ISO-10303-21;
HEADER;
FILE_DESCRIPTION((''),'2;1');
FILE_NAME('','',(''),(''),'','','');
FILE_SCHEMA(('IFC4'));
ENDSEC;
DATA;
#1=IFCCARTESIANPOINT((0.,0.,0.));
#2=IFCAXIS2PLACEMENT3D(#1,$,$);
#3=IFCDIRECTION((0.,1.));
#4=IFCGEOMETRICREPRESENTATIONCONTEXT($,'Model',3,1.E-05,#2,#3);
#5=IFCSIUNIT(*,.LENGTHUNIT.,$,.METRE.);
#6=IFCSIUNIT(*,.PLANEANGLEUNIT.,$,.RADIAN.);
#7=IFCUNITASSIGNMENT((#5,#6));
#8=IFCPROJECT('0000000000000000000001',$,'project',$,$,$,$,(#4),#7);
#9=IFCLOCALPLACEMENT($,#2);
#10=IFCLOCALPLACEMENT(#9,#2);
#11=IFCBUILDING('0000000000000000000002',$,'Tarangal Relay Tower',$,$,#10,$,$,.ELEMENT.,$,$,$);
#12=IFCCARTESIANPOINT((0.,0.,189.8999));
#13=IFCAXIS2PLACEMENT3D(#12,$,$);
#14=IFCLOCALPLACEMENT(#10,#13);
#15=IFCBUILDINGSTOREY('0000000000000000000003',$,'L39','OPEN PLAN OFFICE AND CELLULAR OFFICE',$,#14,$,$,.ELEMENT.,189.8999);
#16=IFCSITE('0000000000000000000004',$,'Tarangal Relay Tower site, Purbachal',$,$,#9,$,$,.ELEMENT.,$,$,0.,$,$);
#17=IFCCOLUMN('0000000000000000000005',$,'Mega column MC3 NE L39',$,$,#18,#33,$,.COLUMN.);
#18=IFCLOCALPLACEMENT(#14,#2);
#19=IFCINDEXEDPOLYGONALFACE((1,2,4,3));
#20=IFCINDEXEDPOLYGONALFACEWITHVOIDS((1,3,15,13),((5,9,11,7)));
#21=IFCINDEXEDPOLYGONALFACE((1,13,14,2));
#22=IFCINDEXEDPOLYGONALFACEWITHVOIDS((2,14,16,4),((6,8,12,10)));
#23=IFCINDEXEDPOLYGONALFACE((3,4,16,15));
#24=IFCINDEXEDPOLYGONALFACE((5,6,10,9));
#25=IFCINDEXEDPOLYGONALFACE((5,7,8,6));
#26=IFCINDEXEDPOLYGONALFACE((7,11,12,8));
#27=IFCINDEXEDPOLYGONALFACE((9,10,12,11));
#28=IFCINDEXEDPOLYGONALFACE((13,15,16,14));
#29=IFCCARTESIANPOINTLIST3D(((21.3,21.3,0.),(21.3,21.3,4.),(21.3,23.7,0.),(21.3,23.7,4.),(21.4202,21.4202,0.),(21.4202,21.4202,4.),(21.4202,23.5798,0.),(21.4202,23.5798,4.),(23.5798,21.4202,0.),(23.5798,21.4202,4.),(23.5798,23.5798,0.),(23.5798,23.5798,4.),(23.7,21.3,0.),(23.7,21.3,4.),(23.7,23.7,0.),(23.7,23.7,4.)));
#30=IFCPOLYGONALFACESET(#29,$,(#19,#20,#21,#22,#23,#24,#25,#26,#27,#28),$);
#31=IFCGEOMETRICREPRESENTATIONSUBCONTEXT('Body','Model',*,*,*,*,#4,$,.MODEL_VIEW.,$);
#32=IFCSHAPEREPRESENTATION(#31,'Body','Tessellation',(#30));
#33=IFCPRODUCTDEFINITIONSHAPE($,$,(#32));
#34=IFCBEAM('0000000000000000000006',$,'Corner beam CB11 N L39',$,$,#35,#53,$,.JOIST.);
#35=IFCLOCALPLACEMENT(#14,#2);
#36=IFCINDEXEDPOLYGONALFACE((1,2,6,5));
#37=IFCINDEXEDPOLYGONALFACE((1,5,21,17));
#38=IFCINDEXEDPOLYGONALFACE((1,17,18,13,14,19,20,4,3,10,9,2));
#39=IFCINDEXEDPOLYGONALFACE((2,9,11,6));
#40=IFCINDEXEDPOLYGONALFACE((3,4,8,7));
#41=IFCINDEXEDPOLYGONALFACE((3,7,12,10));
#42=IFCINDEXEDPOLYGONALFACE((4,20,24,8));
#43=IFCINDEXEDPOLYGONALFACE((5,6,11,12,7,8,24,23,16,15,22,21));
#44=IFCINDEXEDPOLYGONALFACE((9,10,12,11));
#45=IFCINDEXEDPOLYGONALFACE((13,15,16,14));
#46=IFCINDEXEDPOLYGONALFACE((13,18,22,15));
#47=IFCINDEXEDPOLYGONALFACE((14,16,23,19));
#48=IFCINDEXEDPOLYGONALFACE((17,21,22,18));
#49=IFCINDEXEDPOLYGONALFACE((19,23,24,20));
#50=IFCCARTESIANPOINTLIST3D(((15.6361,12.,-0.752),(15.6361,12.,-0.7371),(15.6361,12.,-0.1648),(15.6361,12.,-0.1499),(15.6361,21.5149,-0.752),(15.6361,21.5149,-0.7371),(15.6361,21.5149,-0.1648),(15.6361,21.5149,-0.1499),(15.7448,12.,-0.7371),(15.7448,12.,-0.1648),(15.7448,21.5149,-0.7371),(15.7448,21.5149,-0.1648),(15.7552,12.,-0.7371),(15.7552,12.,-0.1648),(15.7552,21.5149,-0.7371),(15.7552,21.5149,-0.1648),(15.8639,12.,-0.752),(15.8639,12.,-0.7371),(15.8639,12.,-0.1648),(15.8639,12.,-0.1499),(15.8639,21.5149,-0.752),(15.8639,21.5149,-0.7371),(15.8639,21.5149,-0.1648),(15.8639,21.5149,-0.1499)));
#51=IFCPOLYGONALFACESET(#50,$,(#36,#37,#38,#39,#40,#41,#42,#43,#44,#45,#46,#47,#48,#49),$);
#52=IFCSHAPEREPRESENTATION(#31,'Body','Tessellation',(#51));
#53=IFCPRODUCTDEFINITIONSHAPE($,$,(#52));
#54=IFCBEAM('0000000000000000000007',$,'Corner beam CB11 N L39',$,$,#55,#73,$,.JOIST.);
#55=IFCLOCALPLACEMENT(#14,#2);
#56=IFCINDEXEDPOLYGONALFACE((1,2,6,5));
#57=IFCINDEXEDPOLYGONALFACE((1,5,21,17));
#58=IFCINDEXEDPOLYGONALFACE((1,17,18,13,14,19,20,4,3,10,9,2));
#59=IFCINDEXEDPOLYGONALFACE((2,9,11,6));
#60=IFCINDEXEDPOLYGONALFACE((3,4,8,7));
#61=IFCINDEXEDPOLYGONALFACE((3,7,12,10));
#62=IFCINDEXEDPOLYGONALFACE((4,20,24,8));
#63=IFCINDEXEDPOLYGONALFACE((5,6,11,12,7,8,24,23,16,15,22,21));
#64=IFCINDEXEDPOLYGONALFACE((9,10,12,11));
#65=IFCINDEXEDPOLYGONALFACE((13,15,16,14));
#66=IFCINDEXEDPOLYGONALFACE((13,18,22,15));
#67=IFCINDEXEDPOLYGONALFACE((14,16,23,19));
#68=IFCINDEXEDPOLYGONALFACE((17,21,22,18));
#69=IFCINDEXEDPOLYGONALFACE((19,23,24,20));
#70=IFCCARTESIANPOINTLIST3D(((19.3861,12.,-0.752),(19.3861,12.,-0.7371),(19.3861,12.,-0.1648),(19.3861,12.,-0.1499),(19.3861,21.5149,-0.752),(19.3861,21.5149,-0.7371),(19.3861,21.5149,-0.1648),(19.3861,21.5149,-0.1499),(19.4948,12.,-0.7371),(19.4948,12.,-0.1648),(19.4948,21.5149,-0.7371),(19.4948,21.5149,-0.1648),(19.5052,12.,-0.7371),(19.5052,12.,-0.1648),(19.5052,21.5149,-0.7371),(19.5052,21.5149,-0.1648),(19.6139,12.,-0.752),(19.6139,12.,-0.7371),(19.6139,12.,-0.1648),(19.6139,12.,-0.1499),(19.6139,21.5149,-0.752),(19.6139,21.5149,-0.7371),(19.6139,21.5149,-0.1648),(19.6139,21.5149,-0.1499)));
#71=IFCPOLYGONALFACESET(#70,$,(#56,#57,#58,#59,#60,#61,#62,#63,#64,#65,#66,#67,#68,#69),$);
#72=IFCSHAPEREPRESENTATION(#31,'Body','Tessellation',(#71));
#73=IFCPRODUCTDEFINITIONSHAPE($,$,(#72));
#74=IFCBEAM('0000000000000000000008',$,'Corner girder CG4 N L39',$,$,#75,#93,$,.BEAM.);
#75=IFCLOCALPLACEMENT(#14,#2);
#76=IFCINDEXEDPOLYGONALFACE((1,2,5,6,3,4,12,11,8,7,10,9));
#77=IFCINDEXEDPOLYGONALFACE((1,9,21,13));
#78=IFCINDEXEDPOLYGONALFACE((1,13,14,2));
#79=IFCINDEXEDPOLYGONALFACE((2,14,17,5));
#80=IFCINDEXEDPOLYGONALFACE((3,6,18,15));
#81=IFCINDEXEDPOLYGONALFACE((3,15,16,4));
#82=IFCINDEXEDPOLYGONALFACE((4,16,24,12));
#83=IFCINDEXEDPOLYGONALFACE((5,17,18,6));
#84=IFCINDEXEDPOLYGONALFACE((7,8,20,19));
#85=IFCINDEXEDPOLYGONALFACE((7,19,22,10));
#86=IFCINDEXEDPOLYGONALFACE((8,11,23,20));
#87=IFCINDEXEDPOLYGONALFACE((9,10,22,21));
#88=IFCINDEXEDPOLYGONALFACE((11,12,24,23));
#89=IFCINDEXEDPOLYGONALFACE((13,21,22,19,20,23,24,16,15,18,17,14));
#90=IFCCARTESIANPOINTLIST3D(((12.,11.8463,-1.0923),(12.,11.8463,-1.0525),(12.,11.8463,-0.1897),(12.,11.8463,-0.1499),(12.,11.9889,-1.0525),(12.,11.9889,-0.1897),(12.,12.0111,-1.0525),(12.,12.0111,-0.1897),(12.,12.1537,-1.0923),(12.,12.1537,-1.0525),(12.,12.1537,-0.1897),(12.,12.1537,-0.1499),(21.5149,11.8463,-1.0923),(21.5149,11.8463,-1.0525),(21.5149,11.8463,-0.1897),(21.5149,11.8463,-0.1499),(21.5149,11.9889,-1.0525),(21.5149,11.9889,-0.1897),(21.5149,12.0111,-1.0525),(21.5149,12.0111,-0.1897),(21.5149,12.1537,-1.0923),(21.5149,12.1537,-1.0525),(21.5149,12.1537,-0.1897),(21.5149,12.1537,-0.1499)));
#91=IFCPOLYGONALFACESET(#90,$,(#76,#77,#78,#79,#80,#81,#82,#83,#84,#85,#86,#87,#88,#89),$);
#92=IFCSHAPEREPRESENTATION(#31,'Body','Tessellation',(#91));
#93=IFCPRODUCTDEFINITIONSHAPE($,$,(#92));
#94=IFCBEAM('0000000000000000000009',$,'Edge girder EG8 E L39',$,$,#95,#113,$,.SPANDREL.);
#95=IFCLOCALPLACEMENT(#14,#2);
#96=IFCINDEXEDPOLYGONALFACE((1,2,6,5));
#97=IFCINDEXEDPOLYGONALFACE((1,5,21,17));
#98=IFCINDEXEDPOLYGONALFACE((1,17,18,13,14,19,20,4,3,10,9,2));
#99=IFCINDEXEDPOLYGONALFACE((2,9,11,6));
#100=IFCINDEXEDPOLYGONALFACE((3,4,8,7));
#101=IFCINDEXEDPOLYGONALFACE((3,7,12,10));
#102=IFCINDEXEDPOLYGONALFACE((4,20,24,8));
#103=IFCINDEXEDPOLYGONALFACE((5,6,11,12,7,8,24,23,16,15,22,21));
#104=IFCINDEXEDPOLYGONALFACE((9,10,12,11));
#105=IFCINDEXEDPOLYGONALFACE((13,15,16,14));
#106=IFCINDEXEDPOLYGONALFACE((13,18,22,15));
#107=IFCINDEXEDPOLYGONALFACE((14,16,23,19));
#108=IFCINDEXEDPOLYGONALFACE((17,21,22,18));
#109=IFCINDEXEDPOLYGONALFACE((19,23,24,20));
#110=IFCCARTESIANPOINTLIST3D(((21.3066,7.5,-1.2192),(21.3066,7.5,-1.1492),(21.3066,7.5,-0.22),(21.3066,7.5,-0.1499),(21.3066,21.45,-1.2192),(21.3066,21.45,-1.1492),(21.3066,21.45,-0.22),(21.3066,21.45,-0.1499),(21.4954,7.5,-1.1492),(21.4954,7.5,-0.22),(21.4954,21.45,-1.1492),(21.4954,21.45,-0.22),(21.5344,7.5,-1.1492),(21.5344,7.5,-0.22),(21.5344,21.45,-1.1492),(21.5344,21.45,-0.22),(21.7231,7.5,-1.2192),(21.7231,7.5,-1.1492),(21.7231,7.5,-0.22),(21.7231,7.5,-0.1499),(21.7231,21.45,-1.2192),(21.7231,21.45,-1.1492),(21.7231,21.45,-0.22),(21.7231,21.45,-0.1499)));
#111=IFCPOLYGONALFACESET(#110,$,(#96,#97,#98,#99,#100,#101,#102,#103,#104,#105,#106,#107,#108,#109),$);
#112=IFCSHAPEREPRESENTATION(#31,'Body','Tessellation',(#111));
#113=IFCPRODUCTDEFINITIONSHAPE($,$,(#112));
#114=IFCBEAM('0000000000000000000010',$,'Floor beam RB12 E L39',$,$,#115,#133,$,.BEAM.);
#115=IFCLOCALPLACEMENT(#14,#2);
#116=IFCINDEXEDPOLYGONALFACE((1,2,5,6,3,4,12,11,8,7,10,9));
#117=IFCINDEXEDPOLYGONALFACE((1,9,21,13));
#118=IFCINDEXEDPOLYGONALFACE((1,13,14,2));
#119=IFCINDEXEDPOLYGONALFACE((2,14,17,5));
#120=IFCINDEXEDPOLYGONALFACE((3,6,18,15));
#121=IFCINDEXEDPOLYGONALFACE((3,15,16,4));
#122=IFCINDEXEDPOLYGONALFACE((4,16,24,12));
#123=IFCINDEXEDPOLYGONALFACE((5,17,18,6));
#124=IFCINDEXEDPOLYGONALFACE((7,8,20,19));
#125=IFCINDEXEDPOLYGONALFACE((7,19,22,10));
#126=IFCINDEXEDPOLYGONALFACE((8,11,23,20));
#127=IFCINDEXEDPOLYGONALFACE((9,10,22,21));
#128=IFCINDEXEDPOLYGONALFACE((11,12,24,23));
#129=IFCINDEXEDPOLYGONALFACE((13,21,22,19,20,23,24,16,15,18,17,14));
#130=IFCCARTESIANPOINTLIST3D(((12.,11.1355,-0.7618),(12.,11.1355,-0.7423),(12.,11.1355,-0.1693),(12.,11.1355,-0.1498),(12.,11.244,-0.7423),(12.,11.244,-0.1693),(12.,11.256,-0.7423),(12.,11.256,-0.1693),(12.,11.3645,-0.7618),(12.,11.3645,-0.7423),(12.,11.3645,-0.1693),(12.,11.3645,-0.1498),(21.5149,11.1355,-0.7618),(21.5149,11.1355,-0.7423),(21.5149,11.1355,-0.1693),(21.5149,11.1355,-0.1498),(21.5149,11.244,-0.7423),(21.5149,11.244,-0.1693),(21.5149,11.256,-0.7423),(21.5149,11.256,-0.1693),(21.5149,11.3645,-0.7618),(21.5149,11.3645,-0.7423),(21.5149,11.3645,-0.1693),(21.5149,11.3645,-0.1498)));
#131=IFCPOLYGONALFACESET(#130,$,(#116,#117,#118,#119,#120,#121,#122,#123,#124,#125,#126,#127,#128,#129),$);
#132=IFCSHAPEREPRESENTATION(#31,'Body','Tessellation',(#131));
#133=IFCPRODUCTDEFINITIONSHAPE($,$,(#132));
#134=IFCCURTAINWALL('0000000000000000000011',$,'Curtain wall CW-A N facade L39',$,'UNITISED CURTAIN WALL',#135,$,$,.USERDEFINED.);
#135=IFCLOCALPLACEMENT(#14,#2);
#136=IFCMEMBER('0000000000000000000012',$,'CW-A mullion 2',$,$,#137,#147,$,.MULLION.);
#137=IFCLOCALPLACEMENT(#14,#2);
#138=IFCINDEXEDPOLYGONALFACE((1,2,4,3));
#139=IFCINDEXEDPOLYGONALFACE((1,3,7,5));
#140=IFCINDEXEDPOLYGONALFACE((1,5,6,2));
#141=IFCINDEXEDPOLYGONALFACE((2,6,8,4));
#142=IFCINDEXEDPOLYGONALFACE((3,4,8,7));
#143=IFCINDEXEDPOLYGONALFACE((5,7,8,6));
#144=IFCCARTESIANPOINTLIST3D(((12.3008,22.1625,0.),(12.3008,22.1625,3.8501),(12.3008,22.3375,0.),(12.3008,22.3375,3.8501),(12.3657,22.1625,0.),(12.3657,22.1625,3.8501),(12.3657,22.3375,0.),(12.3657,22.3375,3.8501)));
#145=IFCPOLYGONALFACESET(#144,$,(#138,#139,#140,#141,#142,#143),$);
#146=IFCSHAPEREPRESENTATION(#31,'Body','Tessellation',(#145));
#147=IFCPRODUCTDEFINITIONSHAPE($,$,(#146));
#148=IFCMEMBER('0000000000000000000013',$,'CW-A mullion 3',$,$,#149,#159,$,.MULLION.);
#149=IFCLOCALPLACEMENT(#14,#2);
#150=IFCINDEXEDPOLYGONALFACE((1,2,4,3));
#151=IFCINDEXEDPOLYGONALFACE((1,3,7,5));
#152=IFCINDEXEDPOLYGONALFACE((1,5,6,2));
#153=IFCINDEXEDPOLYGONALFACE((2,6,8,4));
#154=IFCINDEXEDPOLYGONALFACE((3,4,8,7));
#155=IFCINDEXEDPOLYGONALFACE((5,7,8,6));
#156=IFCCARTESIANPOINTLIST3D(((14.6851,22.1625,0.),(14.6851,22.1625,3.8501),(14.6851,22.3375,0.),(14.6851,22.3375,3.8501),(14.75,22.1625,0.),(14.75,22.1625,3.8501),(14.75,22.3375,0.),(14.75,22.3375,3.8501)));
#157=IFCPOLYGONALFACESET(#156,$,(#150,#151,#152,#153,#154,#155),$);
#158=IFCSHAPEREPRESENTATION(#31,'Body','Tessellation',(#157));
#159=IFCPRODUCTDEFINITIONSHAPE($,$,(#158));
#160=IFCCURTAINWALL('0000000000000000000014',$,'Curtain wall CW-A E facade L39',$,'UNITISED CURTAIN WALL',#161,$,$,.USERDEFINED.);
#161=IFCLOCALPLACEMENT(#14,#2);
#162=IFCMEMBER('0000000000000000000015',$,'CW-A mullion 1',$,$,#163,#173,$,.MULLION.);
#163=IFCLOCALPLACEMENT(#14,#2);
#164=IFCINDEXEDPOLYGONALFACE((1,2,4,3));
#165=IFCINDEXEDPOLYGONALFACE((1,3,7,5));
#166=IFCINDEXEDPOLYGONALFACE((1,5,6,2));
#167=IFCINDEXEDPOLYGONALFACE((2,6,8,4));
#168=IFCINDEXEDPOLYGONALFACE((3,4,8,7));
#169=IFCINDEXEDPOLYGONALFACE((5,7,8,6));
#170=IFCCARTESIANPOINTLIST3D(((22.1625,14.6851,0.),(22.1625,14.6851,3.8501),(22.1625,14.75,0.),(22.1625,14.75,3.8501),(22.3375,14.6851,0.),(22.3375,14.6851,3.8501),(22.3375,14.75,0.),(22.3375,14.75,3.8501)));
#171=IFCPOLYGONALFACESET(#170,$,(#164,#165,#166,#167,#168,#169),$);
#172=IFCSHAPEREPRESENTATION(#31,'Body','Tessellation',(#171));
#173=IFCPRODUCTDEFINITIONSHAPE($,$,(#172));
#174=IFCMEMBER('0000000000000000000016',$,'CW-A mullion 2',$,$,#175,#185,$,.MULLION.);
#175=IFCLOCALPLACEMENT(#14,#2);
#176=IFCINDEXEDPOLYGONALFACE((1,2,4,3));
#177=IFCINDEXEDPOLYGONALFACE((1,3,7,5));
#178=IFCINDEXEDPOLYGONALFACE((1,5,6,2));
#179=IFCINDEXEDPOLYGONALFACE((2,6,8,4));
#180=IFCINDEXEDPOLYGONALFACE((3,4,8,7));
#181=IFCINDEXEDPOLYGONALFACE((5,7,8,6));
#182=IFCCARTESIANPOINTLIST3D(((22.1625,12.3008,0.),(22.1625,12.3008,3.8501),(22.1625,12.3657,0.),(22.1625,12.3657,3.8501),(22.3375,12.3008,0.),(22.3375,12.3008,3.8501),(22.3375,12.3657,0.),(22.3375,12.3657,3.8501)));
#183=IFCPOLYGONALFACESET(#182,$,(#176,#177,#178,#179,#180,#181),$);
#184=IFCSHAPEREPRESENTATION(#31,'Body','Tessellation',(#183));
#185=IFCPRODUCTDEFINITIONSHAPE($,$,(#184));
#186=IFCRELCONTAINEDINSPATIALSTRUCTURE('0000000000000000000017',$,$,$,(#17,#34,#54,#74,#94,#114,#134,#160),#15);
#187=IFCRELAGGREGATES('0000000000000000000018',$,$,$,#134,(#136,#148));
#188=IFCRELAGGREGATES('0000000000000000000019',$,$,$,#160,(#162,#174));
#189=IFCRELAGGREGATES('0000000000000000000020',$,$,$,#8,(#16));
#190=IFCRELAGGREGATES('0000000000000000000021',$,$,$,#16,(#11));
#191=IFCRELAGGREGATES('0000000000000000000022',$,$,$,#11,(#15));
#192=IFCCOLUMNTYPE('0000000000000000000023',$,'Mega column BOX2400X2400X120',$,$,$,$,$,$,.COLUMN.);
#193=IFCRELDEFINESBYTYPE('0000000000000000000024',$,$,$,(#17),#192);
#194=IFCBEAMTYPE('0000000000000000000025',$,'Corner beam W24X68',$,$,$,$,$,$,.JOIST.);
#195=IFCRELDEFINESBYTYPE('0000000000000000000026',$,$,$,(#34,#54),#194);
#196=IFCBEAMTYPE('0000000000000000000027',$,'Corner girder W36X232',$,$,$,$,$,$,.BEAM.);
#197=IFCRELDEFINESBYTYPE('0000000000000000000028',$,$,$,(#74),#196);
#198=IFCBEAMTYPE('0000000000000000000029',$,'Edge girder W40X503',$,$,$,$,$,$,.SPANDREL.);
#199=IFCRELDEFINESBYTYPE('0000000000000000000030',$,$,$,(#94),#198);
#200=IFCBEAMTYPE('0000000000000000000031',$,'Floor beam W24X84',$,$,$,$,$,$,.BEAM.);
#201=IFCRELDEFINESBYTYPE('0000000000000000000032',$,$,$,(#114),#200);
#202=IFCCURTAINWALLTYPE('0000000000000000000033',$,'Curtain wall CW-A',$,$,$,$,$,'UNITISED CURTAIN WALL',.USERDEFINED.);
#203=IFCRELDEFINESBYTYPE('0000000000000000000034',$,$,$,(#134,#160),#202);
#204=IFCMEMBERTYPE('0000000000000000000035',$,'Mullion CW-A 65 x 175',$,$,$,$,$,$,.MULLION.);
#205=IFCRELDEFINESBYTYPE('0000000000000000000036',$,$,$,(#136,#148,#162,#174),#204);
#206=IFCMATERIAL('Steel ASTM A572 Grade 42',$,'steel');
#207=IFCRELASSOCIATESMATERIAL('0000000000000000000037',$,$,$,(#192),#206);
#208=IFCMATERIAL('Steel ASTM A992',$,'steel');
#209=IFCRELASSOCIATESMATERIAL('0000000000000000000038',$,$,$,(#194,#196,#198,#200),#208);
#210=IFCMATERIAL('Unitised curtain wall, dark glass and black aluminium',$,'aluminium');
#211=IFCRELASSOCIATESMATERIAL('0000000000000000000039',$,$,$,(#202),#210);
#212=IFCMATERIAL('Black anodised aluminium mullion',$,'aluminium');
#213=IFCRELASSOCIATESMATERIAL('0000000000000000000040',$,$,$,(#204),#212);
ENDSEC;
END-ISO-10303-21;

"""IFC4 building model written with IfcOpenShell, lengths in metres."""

from ifc_helpers import new_model, si_unit, direction, frame, origin, origin_2d, place, context, subcontext, project, spatial, rectangle, hollow_rectangle, i_section, extrude, material, material_profile, profile_set, type_object, element, aggregate, save


model = new_model("IFC4")

# Units and contexts
model_context = context("Model", 3, precision=1e-05, world=origin(), true_north=direction((0.0, 1.0)))
body_context = subcontext(model_context, "Body", "Model", "MODEL_VIEW")
ifc_project = project(units=[si_unit("LENGTHUNIT", "METRE"), si_unit("PLANEANGLEUNIT", "RADIAN")], contexts=[model_context])

# Site, building, storey
site_placement = place(None, origin())
site = spatial("IfcSite", under=ifc_project, at=site_placement, Name="Tarangal Relay Tower site, Purbachal", CompositionType="ELEMENT", RefElevation=0.0)
building_placement = place(site_placement, origin())
building = spatial("IfcBuilding", under=site, at=building_placement, Name="Tarangal Relay Tower", CompositionType="ELEMENT")
storey_placement = place(building_placement, frame((0.0, 0.0, 189.8999)))
storey = spatial("IfcBuildingStorey", under=building, at=storey_placement, Name="L39", Description="OPEN PLAN OFFICE AND CELLULAR OFFICE", CompositionType="ELEMENT", Elevation=189.8999)

# Column
ifc_material_1 = material(Name="Steel ASTM A572 Grade 42", Category="steel")
ifc_material_profile_1 = material_profile(ifc_material_1, hollow_rectangle(XDim=2.3999, YDim=2.3999, WallThickness=0.1201, at=origin_2d()), Name="BOX2400X2400X120")
ifc_profile_set_1 = profile_set([ifc_material_profile_1], Name="Steel ASTM A572 Grade 42")
column_type = type_object("IfcColumnType", Name="Mega column BOX2400X2400X120", PredefinedType="COLUMN", material=ifc_profile_set_1)
column_placement = place(storey_placement, frame((22.5, 22.5, 0.0), z_axis=(0.0, 0.0, 1.0), x_axis=(1.0, 0.0, 0.0)))
element("IfcColumn", 1, at=column_placement, inside=storey, type_object=column_type, Name="Mega column MC3 NE L39", PredefinedType="COLUMN", context=body_context, shape_type="SweptSolid", body=[
    extrude(hollow_rectangle(XDim=2.3999, YDim=2.3999, WallThickness=0.1201, at=origin_2d()), origin(), (0.0, 0.0, 1.0), 4.0),
])

# Beams
ifc_material_2 = material(Name="Steel ASTM A992", Category="steel")
ifc_material_profile_2 = material_profile(ifc_material_2, i_section(OverallWidth=0.2278, OverallDepth=0.6021, WebThickness=0.0105, FlangeThickness=0.0149, at=origin_2d()), Name="W24X68")
ifc_profile_set_2 = profile_set([ifc_material_profile_2], Name="Steel ASTM A992")
beam_type_1 = type_object("IfcBeamType", Name="Corner beam W24X68", PredefinedType="JOIST", material=ifc_profile_set_2)
for number, where, z_axis, x_axis, name in (
    (2, (15.75, 12.0, -0.4509), (0.0, 1.0, 0.0), (-1.0, 0.0, 0.0), "Corner beam CB11 N L39"),
    (3, (19.5, 12.0, -0.4509), (0.0, 1.0, 0.0), (-1.0, 0.0, 0.0), "Corner beam CB11 N L39"),
):
    element("IfcBeam", number, at=place(storey_placement, frame(where, z_axis=z_axis, x_axis=x_axis)), inside=storey, type_object=beam_type_1, Name=name, PredefinedType="JOIST", context=body_context, shape_type="SweptSolid", body=[
        extrude(i_section(OverallWidth=0.2278, OverallDepth=0.6021, WebThickness=0.0105, FlangeThickness=0.0149, at=origin_2d()), origin(), (0.0, 0.0, 1.0), 9.5149),
    ])
ifc_material_profile_3 = material_profile(ifc_material_2, i_section(OverallWidth=0.3074, OverallDepth=0.9424, WebThickness=0.0222, FlangeThickness=0.0398, at=origin_2d()), Name="W36X232")
ifc_profile_set_3 = profile_set([ifc_material_profile_3], Name="Steel ASTM A992")
beam_type_2 = type_object("IfcBeamType", Name="Corner girder W36X232", PredefinedType="BEAM", material=ifc_profile_set_3)
beam_1_placement = place(storey_placement, frame((12.0, 12.0, -0.6211), z_axis=(1.0, 0.0, 0.0), x_axis=(0.0, 1.0, 0.0)))
element("IfcBeam", 4, at=beam_1_placement, inside=storey, type_object=beam_type_2, Name="Corner girder CG4 N L39", PredefinedType="BEAM", context=body_context, shape_type="SweptSolid", body=[
    extrude(i_section(OverallWidth=0.3074, OverallDepth=0.9424, WebThickness=0.0222, FlangeThickness=0.0398, at=origin_2d()), origin(), (0.0, 0.0, 1.0), 9.5149),
])
ifc_material_profile_4 = material_profile(ifc_material_2, i_section(OverallWidth=0.4165, OverallDepth=1.0693, WebThickness=0.0391, FlangeThickness=0.0701, at=origin_2d()), Name="W40X503")
ifc_profile_set_4 = profile_set([ifc_material_profile_4], Name="Steel ASTM A992")
beam_type_3 = type_object("IfcBeamType", Name="Edge girder W40X503", PredefinedType="SPANDREL", material=ifc_profile_set_4)
beam_2_placement = place(storey_placement, frame((21.5149, 21.45, -0.6846), z_axis=(0.0, -1.0, 0.0), x_axis=(1.0, 0.0, 0.0)))
element("IfcBeam", 5, at=beam_2_placement, inside=storey, type_object=beam_type_3, Name="Edge girder EG8 E L39", PredefinedType="SPANDREL", context=body_context, shape_type="SweptSolid", body=[
    extrude(i_section(OverallWidth=0.4165, OverallDepth=1.0693, WebThickness=0.0391, FlangeThickness=0.0701, at=origin_2d()), origin(), (0.0, 0.0, 1.0), 13.95),
])
ifc_material_profile_5 = material_profile(ifc_material_2, i_section(OverallWidth=0.229, OverallDepth=0.6121, WebThickness=0.012, FlangeThickness=0.0195, at=origin_2d()), Name="W24X84")
ifc_profile_set_5 = profile_set([ifc_material_profile_5], Name="Steel ASTM A992")
beam_type_4 = type_object("IfcBeamType", Name="Floor beam W24X84", PredefinedType="BEAM", material=ifc_profile_set_5)
beam_3_placement = place(storey_placement, frame((12.0, 11.25, -0.4558), z_axis=(1.0, 0.0, 0.0), x_axis=(0.0, 1.0, 0.0)))
element("IfcBeam", 6, at=beam_3_placement, inside=storey, type_object=beam_type_4, Name="Floor beam RB12 E L39", PredefinedType="BEAM", context=body_context, shape_type="SweptSolid", body=[
    extrude(i_section(OverallWidth=0.229, OverallDepth=0.6121, WebThickness=0.012, FlangeThickness=0.0195, at=origin_2d()), origin(), (0.0, 0.0, 1.0), 9.5149),
])

# Curtain walls, members
ifc_material_3 = material(Name="Unitised curtain wall, dark glass and black aluminium", Category="aluminium")
curtain_wall_type = type_object("IfcCurtainWallType", Name="Curtain wall CW-A", ElementType="UNITISED CURTAIN WALL", PredefinedType="USERDEFINED", material=ifc_material_3)
curtain_wall_1_placement = place(storey_placement, origin())
curtain_wall_1 = element("IfcCurtainWall", 7, at=curtain_wall_1_placement, inside=storey, type_object=curtain_wall_type, Name="Curtain wall CW-A N facade L39", ObjectType="UNITISED CURTAIN WALL", PredefinedType="USERDEFINED")
ifc_material_4 = material(Name="Black anodised aluminium mullion", Category="aluminium")
ifc_material_profile_6 = material_profile(ifc_material_4, rectangle(XDim=0.175, YDim=0.0649, at=origin_2d()), Name="CW-AM 65X175")
ifc_profile_set_6 = profile_set([ifc_material_profile_6], Name="Black anodised aluminium mullion")
member_type_1 = type_object("IfcMemberType", Name="Mullion CW-A 65 x 175", PredefinedType="MULLION", material=ifc_profile_set_6)
member_1_placement = place(storey_placement, frame((12.3333, 22.25, 0.0), z_axis=(0.0, 0.0, 1.0), x_axis=(0.0, 1.0, 0.0)))
member_1 = element("IfcMember", 8, at=member_1_placement, type_object=member_type_1, Name="CW-A mullion 2", PredefinedType="MULLION", context=body_context, shape_type="SweptSolid", body=[
    extrude(rectangle(XDim=0.175, YDim=0.0649, at=origin_2d()), origin(), (0.0, 0.0, 1.0), 3.8501),
])
member_2_placement = place(storey_placement, frame((14.7175, 22.25, 0.0), z_axis=(0.0, 0.0, 1.0), x_axis=(0.0, 1.0, 0.0)))
member_2 = element("IfcMember", 9, at=member_2_placement, type_object=member_type_1, Name="CW-A mullion 3", PredefinedType="MULLION", context=body_context, shape_type="SweptSolid", body=[
    extrude(rectangle(XDim=0.175, YDim=0.0649, at=origin_2d()), origin(), (0.0, 0.0, 1.0), 3.8501),
])
curtain_wall_2_placement = place(storey_placement, origin())
curtain_wall_2 = element("IfcCurtainWall", 10, at=curtain_wall_2_placement, inside=storey, type_object=curtain_wall_type, Name="Curtain wall CW-A E facade L39", ObjectType="UNITISED CURTAIN WALL", PredefinedType="USERDEFINED")
member_3_placement = place(storey_placement, frame((22.25, 14.7175, 0.0), z_axis=(0.0, 0.0, 1.0), x_axis=(1.0, 0.0, 0.0)))
member_3 = element("IfcMember", 11, at=member_3_placement, type_object=member_type_1, Name="CW-A mullion 1", PredefinedType="MULLION", context=body_context, shape_type="SweptSolid", body=[
    extrude(rectangle(XDim=0.175, YDim=0.0649, at=origin_2d()), origin(), (0.0, 0.0, 1.0), 3.8501),
])
member_4_placement = place(storey_placement, frame((22.25, 12.3333, 0.0), z_axis=(0.0, 0.0, 1.0), x_axis=(1.0, 0.0, 0.0)))
member_4 = element("IfcMember", 12, at=member_4_placement, type_object=member_type_1, Name="CW-A mullion 2", PredefinedType="MULLION", context=body_context, shape_type="SweptSolid", body=[
    extrude(rectangle(XDim=0.175, YDim=0.0649, at=origin_2d()), origin(), (0.0, 0.0, 1.0), 3.8501),
])

aggregate(curtain_wall_1, [member_1, member_2])
aggregate(curtain_wall_2, [member_3, member_4])

save(model, "model.ifc")
